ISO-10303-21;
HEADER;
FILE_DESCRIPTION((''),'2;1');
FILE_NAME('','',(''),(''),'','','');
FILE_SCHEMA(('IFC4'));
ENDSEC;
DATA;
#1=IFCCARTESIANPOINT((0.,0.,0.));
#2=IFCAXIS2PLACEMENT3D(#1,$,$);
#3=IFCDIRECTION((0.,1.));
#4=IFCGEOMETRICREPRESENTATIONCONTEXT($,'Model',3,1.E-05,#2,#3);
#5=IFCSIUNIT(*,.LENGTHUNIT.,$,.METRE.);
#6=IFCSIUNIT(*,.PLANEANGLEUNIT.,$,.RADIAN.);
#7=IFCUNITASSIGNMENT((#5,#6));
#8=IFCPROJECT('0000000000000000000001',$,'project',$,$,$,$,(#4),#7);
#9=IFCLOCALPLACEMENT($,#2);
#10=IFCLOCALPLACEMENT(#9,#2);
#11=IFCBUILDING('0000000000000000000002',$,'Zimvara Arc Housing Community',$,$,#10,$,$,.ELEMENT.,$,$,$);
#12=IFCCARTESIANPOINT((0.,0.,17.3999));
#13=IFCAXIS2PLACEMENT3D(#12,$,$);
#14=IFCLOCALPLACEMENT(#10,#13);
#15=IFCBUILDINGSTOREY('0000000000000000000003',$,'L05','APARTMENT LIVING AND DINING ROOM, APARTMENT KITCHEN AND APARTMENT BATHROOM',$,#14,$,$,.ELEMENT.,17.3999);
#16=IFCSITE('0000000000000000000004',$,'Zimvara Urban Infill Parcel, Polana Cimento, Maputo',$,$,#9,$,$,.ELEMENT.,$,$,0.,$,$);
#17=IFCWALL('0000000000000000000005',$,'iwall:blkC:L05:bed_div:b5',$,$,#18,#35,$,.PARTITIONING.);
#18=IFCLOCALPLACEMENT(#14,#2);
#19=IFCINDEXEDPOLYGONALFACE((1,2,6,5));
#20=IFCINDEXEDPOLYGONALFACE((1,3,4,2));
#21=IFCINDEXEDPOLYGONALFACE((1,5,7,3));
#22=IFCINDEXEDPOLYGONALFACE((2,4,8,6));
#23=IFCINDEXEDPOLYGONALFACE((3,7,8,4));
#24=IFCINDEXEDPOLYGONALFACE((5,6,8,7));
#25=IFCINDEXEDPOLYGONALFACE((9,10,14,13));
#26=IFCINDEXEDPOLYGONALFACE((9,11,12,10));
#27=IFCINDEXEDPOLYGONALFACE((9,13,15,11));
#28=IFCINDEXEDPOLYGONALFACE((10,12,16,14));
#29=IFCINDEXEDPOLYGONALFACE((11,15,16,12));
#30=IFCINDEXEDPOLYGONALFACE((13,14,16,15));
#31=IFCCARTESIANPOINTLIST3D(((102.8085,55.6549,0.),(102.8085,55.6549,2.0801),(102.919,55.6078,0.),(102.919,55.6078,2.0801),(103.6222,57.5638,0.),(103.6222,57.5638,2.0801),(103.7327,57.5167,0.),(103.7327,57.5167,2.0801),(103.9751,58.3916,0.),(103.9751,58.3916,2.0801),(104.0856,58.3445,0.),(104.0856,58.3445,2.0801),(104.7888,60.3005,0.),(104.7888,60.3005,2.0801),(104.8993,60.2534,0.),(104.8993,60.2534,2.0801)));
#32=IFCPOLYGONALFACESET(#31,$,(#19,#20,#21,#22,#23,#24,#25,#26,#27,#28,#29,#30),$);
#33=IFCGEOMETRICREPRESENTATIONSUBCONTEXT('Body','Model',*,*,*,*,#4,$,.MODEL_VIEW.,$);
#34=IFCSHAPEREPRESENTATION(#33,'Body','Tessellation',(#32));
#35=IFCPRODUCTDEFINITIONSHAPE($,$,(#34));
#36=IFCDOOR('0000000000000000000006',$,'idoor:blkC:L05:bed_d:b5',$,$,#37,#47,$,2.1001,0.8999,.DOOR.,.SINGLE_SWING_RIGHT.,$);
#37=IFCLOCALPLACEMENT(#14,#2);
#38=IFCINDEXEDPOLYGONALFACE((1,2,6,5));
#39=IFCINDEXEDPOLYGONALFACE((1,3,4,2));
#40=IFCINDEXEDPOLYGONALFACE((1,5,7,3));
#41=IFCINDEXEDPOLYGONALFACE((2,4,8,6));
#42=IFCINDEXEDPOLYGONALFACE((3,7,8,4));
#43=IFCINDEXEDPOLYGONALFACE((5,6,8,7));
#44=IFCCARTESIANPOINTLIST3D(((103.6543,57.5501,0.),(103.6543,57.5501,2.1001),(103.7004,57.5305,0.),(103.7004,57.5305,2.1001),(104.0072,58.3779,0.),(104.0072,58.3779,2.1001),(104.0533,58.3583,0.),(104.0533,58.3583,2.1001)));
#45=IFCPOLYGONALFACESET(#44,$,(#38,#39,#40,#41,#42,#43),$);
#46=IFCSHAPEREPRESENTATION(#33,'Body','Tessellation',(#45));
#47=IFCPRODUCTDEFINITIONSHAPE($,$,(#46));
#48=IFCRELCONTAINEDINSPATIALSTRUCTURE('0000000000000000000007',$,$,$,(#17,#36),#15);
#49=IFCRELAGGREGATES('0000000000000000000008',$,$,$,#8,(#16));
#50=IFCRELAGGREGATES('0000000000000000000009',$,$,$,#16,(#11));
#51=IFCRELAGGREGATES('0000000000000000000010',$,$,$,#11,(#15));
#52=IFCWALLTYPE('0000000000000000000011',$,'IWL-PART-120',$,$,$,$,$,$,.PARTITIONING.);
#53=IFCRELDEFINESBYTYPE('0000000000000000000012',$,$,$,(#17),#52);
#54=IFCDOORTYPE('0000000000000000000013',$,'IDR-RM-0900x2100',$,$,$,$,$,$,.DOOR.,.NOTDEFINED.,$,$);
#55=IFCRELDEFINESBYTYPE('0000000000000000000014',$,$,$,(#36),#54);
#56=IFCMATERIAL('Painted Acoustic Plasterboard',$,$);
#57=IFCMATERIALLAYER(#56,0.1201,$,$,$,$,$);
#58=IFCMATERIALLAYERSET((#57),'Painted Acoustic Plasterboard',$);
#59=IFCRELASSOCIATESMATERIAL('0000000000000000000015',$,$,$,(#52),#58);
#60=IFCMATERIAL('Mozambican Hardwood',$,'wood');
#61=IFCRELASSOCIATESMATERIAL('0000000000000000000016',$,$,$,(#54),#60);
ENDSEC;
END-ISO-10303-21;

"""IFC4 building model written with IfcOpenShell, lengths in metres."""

from ifc_helpers import new_model, si_unit, direction, frame, frame_2d, origin, place, context, subcontext, project, spatial, rectangle, extrude, material, layer, layer_set, type_object, element, fill, save


model = new_model("IFC4")

# Units and contexts
model_context = context("Model", 3, precision=1e-05, world=origin(), true_north=direction((0.0, 1.0)))
body_context = subcontext(model_context, "Body", "Model", "MODEL_VIEW")
ifc_project = project(units=[si_unit("LENGTHUNIT", "METRE"), si_unit("PLANEANGLEUNIT", "RADIAN")], contexts=[model_context])

# Site, building, storey
site_placement = place(None, origin())
site = spatial("IfcSite", under=ifc_project, at=site_placement, Name="Zimvara Urban Infill Parcel, Polana Cimento, Maputo", CompositionType="ELEMENT", RefElevation=0.0)
building_placement = place(site_placement, origin())
building = spatial("IfcBuilding", under=site, at=building_placement, Name="Zimvara Arc Housing Community", CompositionType="ELEMENT")
storey_placement = place(building_placement, frame((0.0, 0.0, 17.3999)))
storey = spatial("IfcBuildingStorey", under=building, at=storey_placement, Name="L05", Description="APARTMENT LIVING AND DINING ROOM, APARTMENT KITCHEN AND APARTMENT BATHROOM", CompositionType="ELEMENT", Elevation=17.3999)

# Wall, opening, door
ifc_material_1 = material(Name="Painted Acoustic Plasterboard")
ifc_layer_1 = layer(ifc_material_1, 0.1201)
ifc_layer_set_1 = layer_set([ifc_layer_1], Name="Painted Acoustic Plasterboard")
wall_type_1 = type_object("IfcWallType", Name="IWL-PART-120", PredefinedType="PARTITIONING", material=ifc_layer_set_1)
wall_1_placement = place(storey_placement, frame((104.844, 60.2769, 0.0), z_axis=(0.0, 0.0, 1.0), x_axis=(-0.392127, -0.919911, 0.0)))
wall_1 = element("IfcWall", 1, at=wall_1_placement, inside=storey, type_object=wall_type_1, Name="iwall:blkC:L05:bed_div:b5", PredefinedType="PARTITIONING", context=body_context, shape_type="SweptSolid", body=[
    extrude(rectangle(XDim=5.05, YDim=0.1201, at=frame_2d((2.5249, 0.0))), origin(), (0.0, 0.0, 1.0), 2.0801),
])
opening_placement = place(wall_1_placement, frame((2.075, 0.0, 0.0)))
opening = element("IfcOpeningElement", 2, at=opening_placement, cuts=wall_1, PredefinedType="OPENING", context=body_context, shape_type="SweptSolid", body=[
    extrude(rectangle(XDim=0.8999, YDim=2.1001, at=frame_2d((0.45, 1.05))), frame((0.0, 0.0701, 0.0), z_axis=(0.0, -1.0, 0.0), x_axis=(1.0, 0.0, 0.0)), (0.0, 0.0, 1.0), 0.1401),
])
ifc_material_2 = material(Name="Mozambican Hardwood", Category="wood")
door_type = type_object("IfcDoorType", Name="IDR-RM-0900x2100", OperationType="NOTDEFINED", PredefinedType="DOOR", material=ifc_material_2)
door_placement = place(opening_placement, origin())
door = element("IfcDoor", 3, at=door_placement, inside=storey, type_object=door_type, Name="idoor:blkC:L05:bed_d:b5", OperationType="SINGLE_SWING_RIGHT", OverallHeight=2.1001, OverallWidth=0.8999, PredefinedType="DOOR", context=body_context, shape_type="SweptSolid", body=[
    extrude(rectangle(XDim=0.8999, YDim=2.1001, at=frame_2d((0.45, 1.05))), frame((0.0, 0.0249, 0.0), z_axis=(0.0, -1.0, 0.0), x_axis=(1.0, 0.0, 0.0)), (0.0, 0.0, 1.0), 0.05),
])
fill(opening, door)

save(model, "model.ifc")
